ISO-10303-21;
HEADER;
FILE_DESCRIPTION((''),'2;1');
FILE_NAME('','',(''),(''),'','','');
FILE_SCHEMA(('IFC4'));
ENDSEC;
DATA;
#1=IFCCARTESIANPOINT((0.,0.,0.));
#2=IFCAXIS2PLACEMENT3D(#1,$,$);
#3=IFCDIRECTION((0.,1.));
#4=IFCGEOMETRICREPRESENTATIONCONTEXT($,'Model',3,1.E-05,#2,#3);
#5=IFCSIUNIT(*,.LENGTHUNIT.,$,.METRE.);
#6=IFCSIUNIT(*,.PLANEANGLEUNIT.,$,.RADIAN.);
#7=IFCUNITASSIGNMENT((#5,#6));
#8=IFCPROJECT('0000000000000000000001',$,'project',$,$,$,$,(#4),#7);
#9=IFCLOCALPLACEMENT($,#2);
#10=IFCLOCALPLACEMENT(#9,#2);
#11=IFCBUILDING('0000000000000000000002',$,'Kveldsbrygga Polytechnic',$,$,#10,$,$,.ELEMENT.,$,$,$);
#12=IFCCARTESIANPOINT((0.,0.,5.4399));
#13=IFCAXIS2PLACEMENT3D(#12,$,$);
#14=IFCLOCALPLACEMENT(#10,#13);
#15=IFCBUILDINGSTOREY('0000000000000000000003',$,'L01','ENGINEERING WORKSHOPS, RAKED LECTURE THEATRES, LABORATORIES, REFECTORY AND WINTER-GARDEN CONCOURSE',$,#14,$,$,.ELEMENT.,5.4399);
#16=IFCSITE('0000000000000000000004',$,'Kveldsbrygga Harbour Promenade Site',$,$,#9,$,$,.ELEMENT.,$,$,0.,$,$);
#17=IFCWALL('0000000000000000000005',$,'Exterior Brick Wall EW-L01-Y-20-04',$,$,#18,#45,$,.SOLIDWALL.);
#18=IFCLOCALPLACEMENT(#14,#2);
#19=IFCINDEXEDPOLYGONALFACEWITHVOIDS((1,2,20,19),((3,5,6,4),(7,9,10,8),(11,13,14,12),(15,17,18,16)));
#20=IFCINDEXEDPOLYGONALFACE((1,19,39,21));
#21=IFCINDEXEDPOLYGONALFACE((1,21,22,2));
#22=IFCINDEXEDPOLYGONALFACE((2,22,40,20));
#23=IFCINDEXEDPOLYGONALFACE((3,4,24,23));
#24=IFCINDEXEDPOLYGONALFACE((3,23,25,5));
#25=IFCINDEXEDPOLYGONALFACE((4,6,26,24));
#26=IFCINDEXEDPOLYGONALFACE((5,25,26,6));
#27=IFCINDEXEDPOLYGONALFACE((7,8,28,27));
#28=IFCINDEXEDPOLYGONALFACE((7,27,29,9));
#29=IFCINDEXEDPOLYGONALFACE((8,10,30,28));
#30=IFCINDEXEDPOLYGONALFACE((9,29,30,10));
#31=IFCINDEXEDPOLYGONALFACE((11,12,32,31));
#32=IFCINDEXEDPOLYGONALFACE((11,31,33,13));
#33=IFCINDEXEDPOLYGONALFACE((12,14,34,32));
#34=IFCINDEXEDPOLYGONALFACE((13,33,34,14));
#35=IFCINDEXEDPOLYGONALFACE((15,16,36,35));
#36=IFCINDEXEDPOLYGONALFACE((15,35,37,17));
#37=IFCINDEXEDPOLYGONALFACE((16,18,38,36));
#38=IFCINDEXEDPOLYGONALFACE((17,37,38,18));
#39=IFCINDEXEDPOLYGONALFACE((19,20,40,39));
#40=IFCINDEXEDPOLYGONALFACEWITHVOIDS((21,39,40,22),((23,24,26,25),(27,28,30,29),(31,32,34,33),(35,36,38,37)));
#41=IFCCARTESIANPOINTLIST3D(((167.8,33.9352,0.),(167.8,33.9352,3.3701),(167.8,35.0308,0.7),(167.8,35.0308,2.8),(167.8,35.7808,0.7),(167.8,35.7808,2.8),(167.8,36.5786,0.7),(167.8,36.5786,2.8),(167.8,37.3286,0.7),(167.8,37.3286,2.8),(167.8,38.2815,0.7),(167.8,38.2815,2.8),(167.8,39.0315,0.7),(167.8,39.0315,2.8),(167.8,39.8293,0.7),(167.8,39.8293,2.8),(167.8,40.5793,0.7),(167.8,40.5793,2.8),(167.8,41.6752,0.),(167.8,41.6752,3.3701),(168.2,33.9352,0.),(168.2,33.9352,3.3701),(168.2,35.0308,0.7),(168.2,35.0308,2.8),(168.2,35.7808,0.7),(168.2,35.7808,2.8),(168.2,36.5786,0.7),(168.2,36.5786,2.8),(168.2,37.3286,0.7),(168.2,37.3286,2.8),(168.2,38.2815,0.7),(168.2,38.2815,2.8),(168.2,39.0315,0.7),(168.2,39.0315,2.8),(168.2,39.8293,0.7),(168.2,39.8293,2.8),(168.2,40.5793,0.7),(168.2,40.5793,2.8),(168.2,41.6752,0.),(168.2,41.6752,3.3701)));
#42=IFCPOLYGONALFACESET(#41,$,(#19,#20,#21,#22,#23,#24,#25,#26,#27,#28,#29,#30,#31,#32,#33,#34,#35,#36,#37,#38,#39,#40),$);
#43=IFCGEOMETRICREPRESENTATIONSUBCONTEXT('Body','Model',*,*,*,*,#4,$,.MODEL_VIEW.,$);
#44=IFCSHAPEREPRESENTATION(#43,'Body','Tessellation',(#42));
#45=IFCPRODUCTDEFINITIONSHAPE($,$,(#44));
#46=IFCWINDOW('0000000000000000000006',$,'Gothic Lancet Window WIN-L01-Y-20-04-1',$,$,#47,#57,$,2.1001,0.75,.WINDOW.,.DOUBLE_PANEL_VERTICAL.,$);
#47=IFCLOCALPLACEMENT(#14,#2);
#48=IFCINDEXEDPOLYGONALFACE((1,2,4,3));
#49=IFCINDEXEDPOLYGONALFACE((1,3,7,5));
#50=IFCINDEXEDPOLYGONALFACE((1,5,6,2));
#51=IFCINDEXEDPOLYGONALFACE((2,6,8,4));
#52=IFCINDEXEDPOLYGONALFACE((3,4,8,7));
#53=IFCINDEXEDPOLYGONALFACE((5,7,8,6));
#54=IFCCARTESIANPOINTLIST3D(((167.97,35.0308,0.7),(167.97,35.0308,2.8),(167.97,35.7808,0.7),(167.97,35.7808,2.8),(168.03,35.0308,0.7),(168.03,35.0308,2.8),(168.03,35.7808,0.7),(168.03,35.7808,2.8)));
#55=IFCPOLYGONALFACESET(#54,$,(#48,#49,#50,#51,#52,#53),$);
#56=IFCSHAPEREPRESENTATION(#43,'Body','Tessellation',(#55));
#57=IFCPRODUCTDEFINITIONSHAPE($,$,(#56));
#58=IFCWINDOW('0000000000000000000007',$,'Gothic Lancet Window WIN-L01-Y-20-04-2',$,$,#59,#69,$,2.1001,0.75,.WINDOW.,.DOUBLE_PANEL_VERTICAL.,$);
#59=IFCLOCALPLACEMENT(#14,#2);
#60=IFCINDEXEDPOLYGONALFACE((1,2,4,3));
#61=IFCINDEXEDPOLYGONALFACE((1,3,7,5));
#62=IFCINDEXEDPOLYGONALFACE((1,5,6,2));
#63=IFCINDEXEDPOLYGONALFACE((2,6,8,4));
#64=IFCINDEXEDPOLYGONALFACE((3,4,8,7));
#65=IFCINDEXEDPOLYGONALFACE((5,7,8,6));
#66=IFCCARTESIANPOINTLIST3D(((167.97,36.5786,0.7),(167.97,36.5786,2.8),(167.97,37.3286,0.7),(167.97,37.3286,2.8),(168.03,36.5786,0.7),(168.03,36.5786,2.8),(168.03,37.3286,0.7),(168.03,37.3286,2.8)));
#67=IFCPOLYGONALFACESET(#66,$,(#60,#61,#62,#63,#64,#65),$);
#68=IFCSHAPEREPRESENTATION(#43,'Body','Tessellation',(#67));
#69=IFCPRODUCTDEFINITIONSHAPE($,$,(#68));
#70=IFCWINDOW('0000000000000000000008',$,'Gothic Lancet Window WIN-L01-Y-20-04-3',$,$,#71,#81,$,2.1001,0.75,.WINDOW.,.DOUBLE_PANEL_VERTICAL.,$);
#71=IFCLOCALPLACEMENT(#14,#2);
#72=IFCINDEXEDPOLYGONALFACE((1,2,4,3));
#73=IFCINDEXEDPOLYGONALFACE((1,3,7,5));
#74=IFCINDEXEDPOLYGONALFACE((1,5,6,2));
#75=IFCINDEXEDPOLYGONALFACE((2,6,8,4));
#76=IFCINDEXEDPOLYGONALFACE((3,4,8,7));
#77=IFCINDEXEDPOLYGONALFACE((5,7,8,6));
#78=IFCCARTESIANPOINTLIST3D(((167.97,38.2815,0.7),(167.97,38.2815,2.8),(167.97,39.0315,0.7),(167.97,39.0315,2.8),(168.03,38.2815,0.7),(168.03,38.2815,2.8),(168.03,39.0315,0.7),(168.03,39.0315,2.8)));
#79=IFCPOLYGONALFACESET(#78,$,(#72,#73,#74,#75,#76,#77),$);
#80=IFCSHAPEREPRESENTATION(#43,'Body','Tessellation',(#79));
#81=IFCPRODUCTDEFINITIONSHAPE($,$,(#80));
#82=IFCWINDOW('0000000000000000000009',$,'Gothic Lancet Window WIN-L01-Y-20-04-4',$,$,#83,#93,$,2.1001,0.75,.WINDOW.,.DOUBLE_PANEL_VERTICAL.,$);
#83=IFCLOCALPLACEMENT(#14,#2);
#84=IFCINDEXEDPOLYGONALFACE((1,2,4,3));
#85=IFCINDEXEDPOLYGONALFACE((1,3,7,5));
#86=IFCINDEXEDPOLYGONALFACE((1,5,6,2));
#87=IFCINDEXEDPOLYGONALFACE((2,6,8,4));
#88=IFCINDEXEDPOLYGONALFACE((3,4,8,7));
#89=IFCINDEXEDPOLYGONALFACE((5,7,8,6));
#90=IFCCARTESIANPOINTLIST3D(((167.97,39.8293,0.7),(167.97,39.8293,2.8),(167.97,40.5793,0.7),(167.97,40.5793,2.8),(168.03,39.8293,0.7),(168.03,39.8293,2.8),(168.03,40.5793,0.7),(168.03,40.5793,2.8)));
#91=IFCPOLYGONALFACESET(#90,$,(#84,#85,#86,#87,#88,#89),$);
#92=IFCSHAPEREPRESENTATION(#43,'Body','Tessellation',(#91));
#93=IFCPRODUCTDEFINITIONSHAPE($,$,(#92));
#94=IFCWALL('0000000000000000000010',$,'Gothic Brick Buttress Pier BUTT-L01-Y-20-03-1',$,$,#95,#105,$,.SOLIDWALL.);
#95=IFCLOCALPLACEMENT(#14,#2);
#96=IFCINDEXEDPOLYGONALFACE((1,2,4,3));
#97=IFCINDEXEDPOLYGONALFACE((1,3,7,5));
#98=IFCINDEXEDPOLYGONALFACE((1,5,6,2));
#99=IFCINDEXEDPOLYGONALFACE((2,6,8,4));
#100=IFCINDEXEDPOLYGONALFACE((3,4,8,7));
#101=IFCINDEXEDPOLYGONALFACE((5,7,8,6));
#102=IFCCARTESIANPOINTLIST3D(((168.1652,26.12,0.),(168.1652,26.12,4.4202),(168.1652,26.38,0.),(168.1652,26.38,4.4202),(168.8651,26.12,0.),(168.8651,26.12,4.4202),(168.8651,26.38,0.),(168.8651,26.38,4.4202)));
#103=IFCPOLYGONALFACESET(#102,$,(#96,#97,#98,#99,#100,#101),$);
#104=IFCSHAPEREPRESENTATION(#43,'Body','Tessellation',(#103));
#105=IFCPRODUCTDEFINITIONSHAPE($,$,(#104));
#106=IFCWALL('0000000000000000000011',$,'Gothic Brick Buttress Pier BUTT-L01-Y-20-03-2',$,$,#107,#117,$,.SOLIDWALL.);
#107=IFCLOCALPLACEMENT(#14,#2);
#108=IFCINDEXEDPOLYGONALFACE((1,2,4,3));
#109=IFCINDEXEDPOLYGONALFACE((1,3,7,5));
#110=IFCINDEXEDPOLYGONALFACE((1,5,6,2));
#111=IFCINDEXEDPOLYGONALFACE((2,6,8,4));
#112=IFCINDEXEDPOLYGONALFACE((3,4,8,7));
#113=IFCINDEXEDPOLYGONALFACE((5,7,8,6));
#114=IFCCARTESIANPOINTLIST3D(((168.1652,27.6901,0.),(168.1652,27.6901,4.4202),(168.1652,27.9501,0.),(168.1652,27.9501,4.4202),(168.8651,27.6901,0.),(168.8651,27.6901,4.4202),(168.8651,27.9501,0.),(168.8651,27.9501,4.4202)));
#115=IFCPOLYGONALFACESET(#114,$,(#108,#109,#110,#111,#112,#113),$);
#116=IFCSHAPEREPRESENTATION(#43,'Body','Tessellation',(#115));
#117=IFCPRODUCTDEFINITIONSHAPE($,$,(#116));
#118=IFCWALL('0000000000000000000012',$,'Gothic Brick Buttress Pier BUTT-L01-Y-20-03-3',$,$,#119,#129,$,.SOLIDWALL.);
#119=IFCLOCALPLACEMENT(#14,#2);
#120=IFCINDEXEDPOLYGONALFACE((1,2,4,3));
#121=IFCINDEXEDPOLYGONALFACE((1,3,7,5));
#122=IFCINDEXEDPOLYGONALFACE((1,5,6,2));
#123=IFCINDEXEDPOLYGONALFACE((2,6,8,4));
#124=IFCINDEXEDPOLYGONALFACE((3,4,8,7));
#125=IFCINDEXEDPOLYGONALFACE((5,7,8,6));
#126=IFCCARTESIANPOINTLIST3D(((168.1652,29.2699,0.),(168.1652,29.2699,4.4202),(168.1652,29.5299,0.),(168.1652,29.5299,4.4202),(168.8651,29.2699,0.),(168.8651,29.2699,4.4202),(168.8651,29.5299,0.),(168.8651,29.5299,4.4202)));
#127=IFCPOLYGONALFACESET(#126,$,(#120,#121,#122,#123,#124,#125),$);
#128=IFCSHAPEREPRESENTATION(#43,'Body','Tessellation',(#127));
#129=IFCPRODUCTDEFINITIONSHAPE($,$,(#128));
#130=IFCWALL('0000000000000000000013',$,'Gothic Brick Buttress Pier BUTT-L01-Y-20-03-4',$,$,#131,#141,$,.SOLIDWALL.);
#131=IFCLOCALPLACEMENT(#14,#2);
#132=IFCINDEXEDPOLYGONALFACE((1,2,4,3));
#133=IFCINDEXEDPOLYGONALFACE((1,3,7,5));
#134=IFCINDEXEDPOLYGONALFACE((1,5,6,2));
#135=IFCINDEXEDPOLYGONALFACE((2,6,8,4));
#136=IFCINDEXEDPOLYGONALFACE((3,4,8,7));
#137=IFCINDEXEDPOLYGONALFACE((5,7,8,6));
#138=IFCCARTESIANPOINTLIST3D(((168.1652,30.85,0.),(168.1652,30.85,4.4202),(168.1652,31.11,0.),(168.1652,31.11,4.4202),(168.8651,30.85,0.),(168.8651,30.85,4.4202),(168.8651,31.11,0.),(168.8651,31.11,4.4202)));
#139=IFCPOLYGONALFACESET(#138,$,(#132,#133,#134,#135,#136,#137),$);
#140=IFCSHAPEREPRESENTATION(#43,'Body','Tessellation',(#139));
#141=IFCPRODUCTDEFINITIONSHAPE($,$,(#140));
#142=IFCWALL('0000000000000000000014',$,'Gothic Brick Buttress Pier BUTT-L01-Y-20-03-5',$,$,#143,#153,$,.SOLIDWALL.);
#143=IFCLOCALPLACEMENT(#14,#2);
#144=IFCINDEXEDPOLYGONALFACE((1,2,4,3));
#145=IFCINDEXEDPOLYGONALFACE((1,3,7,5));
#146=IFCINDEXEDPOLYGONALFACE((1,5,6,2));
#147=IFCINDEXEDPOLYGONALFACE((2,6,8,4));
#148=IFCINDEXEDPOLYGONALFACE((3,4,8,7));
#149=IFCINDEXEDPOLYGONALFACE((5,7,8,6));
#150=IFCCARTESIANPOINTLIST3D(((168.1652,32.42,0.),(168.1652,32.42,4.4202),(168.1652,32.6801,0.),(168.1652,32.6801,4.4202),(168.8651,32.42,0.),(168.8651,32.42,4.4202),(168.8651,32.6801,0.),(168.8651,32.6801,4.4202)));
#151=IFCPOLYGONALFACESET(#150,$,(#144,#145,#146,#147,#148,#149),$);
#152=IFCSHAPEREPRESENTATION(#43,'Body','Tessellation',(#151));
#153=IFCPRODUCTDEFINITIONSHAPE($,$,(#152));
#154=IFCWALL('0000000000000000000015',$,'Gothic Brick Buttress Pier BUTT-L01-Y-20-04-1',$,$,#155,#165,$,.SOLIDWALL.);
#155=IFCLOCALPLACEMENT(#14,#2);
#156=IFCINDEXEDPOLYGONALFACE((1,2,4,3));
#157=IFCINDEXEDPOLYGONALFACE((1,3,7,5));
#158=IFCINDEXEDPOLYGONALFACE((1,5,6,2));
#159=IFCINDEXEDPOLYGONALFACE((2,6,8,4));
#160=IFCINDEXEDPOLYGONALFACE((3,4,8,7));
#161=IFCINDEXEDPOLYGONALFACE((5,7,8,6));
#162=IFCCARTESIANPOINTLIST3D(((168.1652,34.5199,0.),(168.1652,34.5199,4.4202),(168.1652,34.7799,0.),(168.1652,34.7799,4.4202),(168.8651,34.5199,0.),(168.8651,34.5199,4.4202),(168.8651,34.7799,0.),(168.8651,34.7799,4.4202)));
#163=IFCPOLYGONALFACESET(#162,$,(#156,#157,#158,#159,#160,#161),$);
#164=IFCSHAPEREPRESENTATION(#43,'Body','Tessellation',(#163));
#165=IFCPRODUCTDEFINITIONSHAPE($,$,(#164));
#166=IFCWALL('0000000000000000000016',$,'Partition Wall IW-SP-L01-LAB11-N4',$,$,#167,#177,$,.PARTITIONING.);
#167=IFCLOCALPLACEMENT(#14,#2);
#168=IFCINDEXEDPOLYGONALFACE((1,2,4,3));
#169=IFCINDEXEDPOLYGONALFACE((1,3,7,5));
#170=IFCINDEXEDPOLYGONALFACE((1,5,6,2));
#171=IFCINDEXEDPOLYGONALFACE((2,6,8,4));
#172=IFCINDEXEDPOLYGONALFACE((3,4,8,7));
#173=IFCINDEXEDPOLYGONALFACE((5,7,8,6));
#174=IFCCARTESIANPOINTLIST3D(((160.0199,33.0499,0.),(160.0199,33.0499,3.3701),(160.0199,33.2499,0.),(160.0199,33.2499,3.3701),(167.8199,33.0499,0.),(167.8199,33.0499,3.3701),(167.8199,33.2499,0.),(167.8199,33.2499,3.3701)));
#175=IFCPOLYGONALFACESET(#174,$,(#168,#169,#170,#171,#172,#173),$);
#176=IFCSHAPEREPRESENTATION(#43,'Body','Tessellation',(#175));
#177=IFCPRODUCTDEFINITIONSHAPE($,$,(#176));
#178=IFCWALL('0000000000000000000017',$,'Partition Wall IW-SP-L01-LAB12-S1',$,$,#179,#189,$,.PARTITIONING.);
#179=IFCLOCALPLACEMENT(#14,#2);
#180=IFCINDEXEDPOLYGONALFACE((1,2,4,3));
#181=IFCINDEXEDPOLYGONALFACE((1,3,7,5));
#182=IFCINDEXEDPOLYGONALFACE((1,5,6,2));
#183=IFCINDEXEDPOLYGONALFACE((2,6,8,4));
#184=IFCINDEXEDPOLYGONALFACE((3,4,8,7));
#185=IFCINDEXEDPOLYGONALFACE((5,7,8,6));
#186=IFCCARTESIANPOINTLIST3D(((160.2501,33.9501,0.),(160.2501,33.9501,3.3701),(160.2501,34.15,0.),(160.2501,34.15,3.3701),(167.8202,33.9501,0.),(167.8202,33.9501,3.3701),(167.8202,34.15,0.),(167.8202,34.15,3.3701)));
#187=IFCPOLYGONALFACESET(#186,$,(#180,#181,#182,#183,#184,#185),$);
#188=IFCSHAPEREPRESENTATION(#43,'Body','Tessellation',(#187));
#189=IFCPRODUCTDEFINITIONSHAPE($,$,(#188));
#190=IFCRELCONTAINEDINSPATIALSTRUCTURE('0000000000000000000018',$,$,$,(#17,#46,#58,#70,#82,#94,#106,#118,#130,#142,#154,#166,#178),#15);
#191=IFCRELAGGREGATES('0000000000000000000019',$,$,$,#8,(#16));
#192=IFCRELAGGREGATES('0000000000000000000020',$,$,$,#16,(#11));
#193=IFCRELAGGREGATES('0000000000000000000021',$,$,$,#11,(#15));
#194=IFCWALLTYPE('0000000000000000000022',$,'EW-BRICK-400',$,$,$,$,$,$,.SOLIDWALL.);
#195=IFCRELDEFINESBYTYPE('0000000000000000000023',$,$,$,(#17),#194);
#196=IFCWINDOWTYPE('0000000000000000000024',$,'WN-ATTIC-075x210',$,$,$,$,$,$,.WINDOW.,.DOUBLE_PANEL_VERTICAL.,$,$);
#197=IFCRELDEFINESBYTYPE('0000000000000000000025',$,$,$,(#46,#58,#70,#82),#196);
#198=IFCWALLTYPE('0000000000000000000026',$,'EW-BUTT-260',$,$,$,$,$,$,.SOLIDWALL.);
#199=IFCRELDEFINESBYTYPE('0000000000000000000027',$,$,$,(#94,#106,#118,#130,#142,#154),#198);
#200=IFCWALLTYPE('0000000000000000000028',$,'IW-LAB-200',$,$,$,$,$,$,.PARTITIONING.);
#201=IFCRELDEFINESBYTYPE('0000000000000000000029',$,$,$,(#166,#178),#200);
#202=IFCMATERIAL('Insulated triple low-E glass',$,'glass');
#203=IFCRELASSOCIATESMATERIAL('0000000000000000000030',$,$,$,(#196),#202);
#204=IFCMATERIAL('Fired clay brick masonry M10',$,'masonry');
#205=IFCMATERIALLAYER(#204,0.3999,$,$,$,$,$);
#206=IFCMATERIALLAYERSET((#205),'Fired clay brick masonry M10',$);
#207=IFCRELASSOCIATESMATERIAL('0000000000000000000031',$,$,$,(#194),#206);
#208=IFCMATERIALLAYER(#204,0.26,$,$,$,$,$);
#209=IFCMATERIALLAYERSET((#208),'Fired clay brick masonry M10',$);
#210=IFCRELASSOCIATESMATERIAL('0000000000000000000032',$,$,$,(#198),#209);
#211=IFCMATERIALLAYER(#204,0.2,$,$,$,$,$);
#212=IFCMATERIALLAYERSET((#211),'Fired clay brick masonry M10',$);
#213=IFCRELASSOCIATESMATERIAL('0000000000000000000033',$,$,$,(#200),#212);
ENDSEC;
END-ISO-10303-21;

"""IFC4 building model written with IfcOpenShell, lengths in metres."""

from ifc_helpers import new_model, si_unit, direction, frame, frame_2d, origin, place, context, subcontext, project, spatial, rectangle, extrude, material, layer, layer_set, type_object, element, fill, save


model = new_model("IFC4")

# Units and contexts
model_context = context("Model", 3, precision=1e-05, world=origin(), true_north=direction((0.0, 1.0)))
body_context = subcontext(model_context, "Body", "Model", "MODEL_VIEW")
ifc_project = project(units=[si_unit("LENGTHUNIT", "METRE"), si_unit("PLANEANGLEUNIT", "RADIAN")], contexts=[model_context])

# Site, building, storey
site_placement = place(None, origin())
site = spatial("IfcSite", under=ifc_project, at=site_placement, Name="Kveldsbrygga Harbour Promenade Site", CompositionType="ELEMENT", RefElevation=0.0)
building_placement = place(site_placement, origin())
building = spatial("IfcBuilding", under=site, at=building_placement, Name="Kveldsbrygga Polytechnic", CompositionType="ELEMENT")
storey_placement = place(building_placement, frame((0.0, 0.0, 5.4399)))
storey = spatial("IfcBuildingStorey", under=building, at=storey_placement, Name="L01", Description="ENGINEERING WORKSHOPS, RAKED LECTURE THEATRES, LABORATORIES, REFECTORY AND WINTER-GARDEN CONCOURSE", CompositionType="ELEMENT", Elevation=5.4399)

# Wall, openings, windows
ifc_material_1 = material(Name="Fired clay brick masonry M10", Category="masonry")
ifc_material_2 = material(Name="Insulated triple low-E glass", Category="glass")
window_type = type_object("IfcWindowType", Name="WN-ATTIC-075x210", PartitioningType="DOUBLE_PANEL_VERTICAL", PredefinedType="WINDOW", material=ifc_material_2)
ifc_layer_1 = layer(ifc_material_1, 0.3999)
ifc_layer_set_1 = layer_set([ifc_layer_1], Name="Fired clay brick masonry M10")
wall_type_1 = type_object("IfcWallType", Name="EW-BRICK-400", PredefinedType="SOLIDWALL", material=ifc_layer_set_1)
wall_1_placement = place(storey_placement, frame((168.0, 33.9351, 0.0), z_axis=(0.0, 0.0, 1.0), x_axis=(0.0, 1.0, 0.0)))
wall_1 = element("IfcWall", 1, at=wall_1_placement, inside=storey, type_object=wall_type_1, Name="Exterior Brick Wall EW-L01-Y-20-04", PredefinedType="SOLIDWALL", context=body_context, shape_type="SweptSolid", body=[
    extrude(rectangle(XDim=7.74, YDim=0.3999, at=frame_2d((3.8701, 0.0))), origin(), (0.0, 0.0, 1.0), 3.3701),
])
opening_1_placement = place(wall_1_placement, frame((1.0957, 0.0, 0.7)))
opening_1 = element("IfcOpeningElement", 2, at=opening_1_placement, cuts=wall_1, PredefinedType="OPENING", context=body_context, shape_type="SweptSolid", body=[
    extrude(rectangle(XDim=0.75, YDim=2.1001, at=frame_2d((0.375, 1.05))), frame((0.0, 0.21, 0.0), z_axis=(0.0, -1.0, 0.0), x_axis=(1.0, 0.0, 0.0)), (0.0, 0.0, 1.0), 0.4199),
])
opening_2_placement = place(wall_1_placement, frame((2.6436, 0.0, 0.7)))
opening_2 = element("IfcOpeningElement", 3, at=opening_2_placement, cuts=wall_1, PredefinedType="OPENING", context=body_context, shape_type="SweptSolid", body=[
    extrude(rectangle(XDim=0.75, YDim=2.1001, at=frame_2d((0.375, 1.05))), frame((0.0, 0.21, 0.0), z_axis=(0.0, -1.0, 0.0), x_axis=(1.0, 0.0, 0.0)), (0.0, 0.0, 1.0), 0.4199),
])
opening_3_placement = place(wall_1_placement, frame((4.3464, 0.0, 0.7)))
opening_3 = element("IfcOpeningElement", 4, at=opening_3_placement, cuts=wall_1, PredefinedType="OPENING", context=body_context, shape_type="SweptSolid", body=[
    extrude(rectangle(XDim=0.75, YDim=2.1001, at=frame_2d((0.375, 1.05))), frame((0.0, 0.21, 0.0), z_axis=(0.0, -1.0, 0.0), x_axis=(1.0, 0.0, 0.0)), (0.0, 0.0, 1.0), 0.4199),
])
opening_4_placement = place(wall_1_placement, frame((5.8943, 0.0, 0.7)))
opening_4 = element("IfcOpeningElement", 5, at=opening_4_placement, cuts=wall_1, PredefinedType="OPENING", context=body_context, shape_type="SweptSolid", body=[
    extrude(rectangle(XDim=0.75, YDim=2.1001, at=frame_2d((0.375, 1.05))), frame((0.0, 0.21, 0.0), z_axis=(0.0, -1.0, 0.0), x_axis=(1.0, 0.0, 0.0)), (0.0, 0.0, 1.0), 0.4199),
])
window_1_placement = place(opening_1_placement, origin())
window_1 = element("IfcWindow", 6, at=window_1_placement, inside=storey, type_object=window_type, Name="Gothic Lancet Window WIN-L01-Y-20-04-1", OverallHeight=2.1001, OverallWidth=0.75, PartitioningType="DOUBLE_PANEL_VERTICAL", PredefinedType="WINDOW", context=body_context, shape_type="SweptSolid", body=[
    extrude(rectangle(XDim=0.75, YDim=2.1001, at=frame_2d((0.375, 1.05))), frame((0.0, 0.03, 0.0), z_axis=(0.0, -1.0, 0.0), x_axis=(1.0, 0.0, 0.0)), (0.0, 0.0, 1.0), 0.0601),
])
fill(opening_1, window_1)
window_2_placement = place(opening_2_placement, origin())
window_2 = element("IfcWindow", 7, at=window_2_placement, inside=storey, type_object=window_type, Name="Gothic Lancet Window WIN-L01-Y-20-04-2", OverallHeight=2.1001, OverallWidth=0.75, PartitioningType="DOUBLE_PANEL_VERTICAL", PredefinedType="WINDOW", context=body_context, shape_type="SweptSolid", body=[
    extrude(rectangle(XDim=0.75, YDim=2.1001, at=frame_2d((0.375, 1.05))), frame((0.0, 0.03, 0.0), z_axis=(0.0, -1.0, 0.0), x_axis=(1.0, 0.0, 0.0)), (0.0, 0.0, 1.0), 0.0601),
])
fill(opening_2, window_2)
window_3_placement = place(opening_3_placement, origin())
window_3 = element("IfcWindow", 8, at=window_3_placement, inside=storey, type_object=window_type, Name="Gothic Lancet Window WIN-L01-Y-20-04-3", OverallHeight=2.1001, OverallWidth=0.75, PartitioningType="DOUBLE_PANEL_VERTICAL", PredefinedType="WINDOW", context=body_context, shape_type="SweptSolid", body=[
    extrude(rectangle(XDim=0.75, YDim=2.1001, at=frame_2d((0.375, 1.05))), frame((0.0, 0.03, 0.0), z_axis=(0.0, -1.0, 0.0), x_axis=(1.0, 0.0, 0.0)), (0.0, 0.0, 1.0), 0.0601),
])
fill(opening_3, window_3)
window_4_placement = place(opening_4_placement, origin())
window_4 = element("IfcWindow", 9, at=window_4_placement, inside=storey, type_object=window_type, Name="Gothic Lancet Window WIN-L01-Y-20-04-4", OverallHeight=2.1001, OverallWidth=0.75, PartitioningType="DOUBLE_PANEL_VERTICAL", PredefinedType="WINDOW", context=body_context, shape_type="SweptSolid", body=[
    extrude(rectangle(XDim=0.75, YDim=2.1001, at=frame_2d((0.375, 1.05))), frame((0.0, 0.03, 0.0), z_axis=(0.0, -1.0, 0.0), x_axis=(1.0, 0.0, 0.0)), (0.0, 0.0, 1.0), 0.0601),
])
fill(opening_4, window_4)

# Walls
ifc_layer_2 = layer(ifc_material_1, 0.26)
ifc_layer_set_2 = layer_set([ifc_layer_2], Name="Fired clay brick masonry M10")
wall_type_2 = type_object("IfcWallType", Name="EW-BUTT-260", PredefinedType="SOLIDWALL", material=ifc_layer_set_2)
for number, where, z_axis, x_axis, name in (
    (10, (168.165, 26.25, 0.0), (0.0, 0.0, 1.0), (1.0, 0.0, 0.0), "Gothic Brick Buttress Pier BUTT-L01-Y-20-03-1"),
    (11, (168.165, 27.8201, 0.0), (0.0, 0.0, 1.0), (1.0, 0.0, 0.0), "Gothic Brick Buttress Pier BUTT-L01-Y-20-03-2"),
    (12, (168.165, 29.3999, 0.0), (0.0, 0.0, 1.0), (1.0, 0.0, 0.0), "Gothic Brick Buttress Pier BUTT-L01-Y-20-03-3"),
    (13, (168.165, 30.98, 0.0), (0.0, 0.0, 1.0), (1.0, 0.0, 0.0), "Gothic Brick Buttress Pier BUTT-L01-Y-20-03-4"),
    (14, (168.165, 32.55, 0.0), (0.0, 0.0, 1.0), (1.0, 0.0, 0.0), "Gothic Brick Buttress Pier BUTT-L01-Y-20-03-5"),
    (15, (168.165, 34.6499, 0.0), (0.0, 0.0, 1.0), (1.0, 0.0, 0.0), "Gothic Brick Buttress Pier BUTT-L01-Y-20-04-1"),
):
    element("IfcWall", number, at=place(storey_placement, frame(where, z_axis=z_axis, x_axis=x_axis)), inside=storey, type_object=wall_type_2, Name=name, PredefinedType="SOLIDWALL", context=body_context, shape_type="SweptSolid", body=[
        extrude(rectangle(XDim=0.7, YDim=0.26, at=frame_2d((0.3501, 0.0))), origin(), (0.0, 0.0, 1.0), 4.4202),
    ])
ifc_layer_3 = layer(ifc_material_1, 0.2)
ifc_layer_set_3 = layer_set([ifc_layer_3], Name="Fired clay brick masonry M10")
wall_type_3 = type_object("IfcWallType", Name="IW-LAB-200", PredefinedType="PARTITIONING", material=ifc_layer_set_3)
wall_2_placement = place(storey_placement, frame((160.02, 33.1499, 0.0), z_axis=(0.0, 0.0, 1.0), x_axis=(1.0, 0.0, 0.0)))
element("IfcWall", 16, at=wall_2_placement, inside=storey, type_object=wall_type_3, Name="Partition Wall IW-SP-L01-LAB11-N4", PredefinedType="PARTITIONING", context=body_context, shape_type="SweptSolid", body=[
    extrude(rectangle(XDim=7.8, YDim=0.2, at=frame_2d((3.8999, 0.0))), origin(), (0.0, 0.0, 1.0), 3.3701),
])
wall_3_placement = place(storey_placement, frame((160.25, 34.05, 0.0), z_axis=(0.0, 0.0, 1.0), x_axis=(1.0, 0.0, 0.0)))
element("IfcWall", 17, at=wall_3_placement, inside=storey, type_object=wall_type_3, Name="Partition Wall IW-SP-L01-LAB12-S1", PredefinedType="PARTITIONING", context=body_context, shape_type="SweptSolid", body=[
    extrude(rectangle(XDim=7.5701, YDim=0.2, at=frame_2d((3.7852, 0.0))), origin(), (0.0, 0.0, 1.0), 3.3701),
])

save(model, "model.ifc")
